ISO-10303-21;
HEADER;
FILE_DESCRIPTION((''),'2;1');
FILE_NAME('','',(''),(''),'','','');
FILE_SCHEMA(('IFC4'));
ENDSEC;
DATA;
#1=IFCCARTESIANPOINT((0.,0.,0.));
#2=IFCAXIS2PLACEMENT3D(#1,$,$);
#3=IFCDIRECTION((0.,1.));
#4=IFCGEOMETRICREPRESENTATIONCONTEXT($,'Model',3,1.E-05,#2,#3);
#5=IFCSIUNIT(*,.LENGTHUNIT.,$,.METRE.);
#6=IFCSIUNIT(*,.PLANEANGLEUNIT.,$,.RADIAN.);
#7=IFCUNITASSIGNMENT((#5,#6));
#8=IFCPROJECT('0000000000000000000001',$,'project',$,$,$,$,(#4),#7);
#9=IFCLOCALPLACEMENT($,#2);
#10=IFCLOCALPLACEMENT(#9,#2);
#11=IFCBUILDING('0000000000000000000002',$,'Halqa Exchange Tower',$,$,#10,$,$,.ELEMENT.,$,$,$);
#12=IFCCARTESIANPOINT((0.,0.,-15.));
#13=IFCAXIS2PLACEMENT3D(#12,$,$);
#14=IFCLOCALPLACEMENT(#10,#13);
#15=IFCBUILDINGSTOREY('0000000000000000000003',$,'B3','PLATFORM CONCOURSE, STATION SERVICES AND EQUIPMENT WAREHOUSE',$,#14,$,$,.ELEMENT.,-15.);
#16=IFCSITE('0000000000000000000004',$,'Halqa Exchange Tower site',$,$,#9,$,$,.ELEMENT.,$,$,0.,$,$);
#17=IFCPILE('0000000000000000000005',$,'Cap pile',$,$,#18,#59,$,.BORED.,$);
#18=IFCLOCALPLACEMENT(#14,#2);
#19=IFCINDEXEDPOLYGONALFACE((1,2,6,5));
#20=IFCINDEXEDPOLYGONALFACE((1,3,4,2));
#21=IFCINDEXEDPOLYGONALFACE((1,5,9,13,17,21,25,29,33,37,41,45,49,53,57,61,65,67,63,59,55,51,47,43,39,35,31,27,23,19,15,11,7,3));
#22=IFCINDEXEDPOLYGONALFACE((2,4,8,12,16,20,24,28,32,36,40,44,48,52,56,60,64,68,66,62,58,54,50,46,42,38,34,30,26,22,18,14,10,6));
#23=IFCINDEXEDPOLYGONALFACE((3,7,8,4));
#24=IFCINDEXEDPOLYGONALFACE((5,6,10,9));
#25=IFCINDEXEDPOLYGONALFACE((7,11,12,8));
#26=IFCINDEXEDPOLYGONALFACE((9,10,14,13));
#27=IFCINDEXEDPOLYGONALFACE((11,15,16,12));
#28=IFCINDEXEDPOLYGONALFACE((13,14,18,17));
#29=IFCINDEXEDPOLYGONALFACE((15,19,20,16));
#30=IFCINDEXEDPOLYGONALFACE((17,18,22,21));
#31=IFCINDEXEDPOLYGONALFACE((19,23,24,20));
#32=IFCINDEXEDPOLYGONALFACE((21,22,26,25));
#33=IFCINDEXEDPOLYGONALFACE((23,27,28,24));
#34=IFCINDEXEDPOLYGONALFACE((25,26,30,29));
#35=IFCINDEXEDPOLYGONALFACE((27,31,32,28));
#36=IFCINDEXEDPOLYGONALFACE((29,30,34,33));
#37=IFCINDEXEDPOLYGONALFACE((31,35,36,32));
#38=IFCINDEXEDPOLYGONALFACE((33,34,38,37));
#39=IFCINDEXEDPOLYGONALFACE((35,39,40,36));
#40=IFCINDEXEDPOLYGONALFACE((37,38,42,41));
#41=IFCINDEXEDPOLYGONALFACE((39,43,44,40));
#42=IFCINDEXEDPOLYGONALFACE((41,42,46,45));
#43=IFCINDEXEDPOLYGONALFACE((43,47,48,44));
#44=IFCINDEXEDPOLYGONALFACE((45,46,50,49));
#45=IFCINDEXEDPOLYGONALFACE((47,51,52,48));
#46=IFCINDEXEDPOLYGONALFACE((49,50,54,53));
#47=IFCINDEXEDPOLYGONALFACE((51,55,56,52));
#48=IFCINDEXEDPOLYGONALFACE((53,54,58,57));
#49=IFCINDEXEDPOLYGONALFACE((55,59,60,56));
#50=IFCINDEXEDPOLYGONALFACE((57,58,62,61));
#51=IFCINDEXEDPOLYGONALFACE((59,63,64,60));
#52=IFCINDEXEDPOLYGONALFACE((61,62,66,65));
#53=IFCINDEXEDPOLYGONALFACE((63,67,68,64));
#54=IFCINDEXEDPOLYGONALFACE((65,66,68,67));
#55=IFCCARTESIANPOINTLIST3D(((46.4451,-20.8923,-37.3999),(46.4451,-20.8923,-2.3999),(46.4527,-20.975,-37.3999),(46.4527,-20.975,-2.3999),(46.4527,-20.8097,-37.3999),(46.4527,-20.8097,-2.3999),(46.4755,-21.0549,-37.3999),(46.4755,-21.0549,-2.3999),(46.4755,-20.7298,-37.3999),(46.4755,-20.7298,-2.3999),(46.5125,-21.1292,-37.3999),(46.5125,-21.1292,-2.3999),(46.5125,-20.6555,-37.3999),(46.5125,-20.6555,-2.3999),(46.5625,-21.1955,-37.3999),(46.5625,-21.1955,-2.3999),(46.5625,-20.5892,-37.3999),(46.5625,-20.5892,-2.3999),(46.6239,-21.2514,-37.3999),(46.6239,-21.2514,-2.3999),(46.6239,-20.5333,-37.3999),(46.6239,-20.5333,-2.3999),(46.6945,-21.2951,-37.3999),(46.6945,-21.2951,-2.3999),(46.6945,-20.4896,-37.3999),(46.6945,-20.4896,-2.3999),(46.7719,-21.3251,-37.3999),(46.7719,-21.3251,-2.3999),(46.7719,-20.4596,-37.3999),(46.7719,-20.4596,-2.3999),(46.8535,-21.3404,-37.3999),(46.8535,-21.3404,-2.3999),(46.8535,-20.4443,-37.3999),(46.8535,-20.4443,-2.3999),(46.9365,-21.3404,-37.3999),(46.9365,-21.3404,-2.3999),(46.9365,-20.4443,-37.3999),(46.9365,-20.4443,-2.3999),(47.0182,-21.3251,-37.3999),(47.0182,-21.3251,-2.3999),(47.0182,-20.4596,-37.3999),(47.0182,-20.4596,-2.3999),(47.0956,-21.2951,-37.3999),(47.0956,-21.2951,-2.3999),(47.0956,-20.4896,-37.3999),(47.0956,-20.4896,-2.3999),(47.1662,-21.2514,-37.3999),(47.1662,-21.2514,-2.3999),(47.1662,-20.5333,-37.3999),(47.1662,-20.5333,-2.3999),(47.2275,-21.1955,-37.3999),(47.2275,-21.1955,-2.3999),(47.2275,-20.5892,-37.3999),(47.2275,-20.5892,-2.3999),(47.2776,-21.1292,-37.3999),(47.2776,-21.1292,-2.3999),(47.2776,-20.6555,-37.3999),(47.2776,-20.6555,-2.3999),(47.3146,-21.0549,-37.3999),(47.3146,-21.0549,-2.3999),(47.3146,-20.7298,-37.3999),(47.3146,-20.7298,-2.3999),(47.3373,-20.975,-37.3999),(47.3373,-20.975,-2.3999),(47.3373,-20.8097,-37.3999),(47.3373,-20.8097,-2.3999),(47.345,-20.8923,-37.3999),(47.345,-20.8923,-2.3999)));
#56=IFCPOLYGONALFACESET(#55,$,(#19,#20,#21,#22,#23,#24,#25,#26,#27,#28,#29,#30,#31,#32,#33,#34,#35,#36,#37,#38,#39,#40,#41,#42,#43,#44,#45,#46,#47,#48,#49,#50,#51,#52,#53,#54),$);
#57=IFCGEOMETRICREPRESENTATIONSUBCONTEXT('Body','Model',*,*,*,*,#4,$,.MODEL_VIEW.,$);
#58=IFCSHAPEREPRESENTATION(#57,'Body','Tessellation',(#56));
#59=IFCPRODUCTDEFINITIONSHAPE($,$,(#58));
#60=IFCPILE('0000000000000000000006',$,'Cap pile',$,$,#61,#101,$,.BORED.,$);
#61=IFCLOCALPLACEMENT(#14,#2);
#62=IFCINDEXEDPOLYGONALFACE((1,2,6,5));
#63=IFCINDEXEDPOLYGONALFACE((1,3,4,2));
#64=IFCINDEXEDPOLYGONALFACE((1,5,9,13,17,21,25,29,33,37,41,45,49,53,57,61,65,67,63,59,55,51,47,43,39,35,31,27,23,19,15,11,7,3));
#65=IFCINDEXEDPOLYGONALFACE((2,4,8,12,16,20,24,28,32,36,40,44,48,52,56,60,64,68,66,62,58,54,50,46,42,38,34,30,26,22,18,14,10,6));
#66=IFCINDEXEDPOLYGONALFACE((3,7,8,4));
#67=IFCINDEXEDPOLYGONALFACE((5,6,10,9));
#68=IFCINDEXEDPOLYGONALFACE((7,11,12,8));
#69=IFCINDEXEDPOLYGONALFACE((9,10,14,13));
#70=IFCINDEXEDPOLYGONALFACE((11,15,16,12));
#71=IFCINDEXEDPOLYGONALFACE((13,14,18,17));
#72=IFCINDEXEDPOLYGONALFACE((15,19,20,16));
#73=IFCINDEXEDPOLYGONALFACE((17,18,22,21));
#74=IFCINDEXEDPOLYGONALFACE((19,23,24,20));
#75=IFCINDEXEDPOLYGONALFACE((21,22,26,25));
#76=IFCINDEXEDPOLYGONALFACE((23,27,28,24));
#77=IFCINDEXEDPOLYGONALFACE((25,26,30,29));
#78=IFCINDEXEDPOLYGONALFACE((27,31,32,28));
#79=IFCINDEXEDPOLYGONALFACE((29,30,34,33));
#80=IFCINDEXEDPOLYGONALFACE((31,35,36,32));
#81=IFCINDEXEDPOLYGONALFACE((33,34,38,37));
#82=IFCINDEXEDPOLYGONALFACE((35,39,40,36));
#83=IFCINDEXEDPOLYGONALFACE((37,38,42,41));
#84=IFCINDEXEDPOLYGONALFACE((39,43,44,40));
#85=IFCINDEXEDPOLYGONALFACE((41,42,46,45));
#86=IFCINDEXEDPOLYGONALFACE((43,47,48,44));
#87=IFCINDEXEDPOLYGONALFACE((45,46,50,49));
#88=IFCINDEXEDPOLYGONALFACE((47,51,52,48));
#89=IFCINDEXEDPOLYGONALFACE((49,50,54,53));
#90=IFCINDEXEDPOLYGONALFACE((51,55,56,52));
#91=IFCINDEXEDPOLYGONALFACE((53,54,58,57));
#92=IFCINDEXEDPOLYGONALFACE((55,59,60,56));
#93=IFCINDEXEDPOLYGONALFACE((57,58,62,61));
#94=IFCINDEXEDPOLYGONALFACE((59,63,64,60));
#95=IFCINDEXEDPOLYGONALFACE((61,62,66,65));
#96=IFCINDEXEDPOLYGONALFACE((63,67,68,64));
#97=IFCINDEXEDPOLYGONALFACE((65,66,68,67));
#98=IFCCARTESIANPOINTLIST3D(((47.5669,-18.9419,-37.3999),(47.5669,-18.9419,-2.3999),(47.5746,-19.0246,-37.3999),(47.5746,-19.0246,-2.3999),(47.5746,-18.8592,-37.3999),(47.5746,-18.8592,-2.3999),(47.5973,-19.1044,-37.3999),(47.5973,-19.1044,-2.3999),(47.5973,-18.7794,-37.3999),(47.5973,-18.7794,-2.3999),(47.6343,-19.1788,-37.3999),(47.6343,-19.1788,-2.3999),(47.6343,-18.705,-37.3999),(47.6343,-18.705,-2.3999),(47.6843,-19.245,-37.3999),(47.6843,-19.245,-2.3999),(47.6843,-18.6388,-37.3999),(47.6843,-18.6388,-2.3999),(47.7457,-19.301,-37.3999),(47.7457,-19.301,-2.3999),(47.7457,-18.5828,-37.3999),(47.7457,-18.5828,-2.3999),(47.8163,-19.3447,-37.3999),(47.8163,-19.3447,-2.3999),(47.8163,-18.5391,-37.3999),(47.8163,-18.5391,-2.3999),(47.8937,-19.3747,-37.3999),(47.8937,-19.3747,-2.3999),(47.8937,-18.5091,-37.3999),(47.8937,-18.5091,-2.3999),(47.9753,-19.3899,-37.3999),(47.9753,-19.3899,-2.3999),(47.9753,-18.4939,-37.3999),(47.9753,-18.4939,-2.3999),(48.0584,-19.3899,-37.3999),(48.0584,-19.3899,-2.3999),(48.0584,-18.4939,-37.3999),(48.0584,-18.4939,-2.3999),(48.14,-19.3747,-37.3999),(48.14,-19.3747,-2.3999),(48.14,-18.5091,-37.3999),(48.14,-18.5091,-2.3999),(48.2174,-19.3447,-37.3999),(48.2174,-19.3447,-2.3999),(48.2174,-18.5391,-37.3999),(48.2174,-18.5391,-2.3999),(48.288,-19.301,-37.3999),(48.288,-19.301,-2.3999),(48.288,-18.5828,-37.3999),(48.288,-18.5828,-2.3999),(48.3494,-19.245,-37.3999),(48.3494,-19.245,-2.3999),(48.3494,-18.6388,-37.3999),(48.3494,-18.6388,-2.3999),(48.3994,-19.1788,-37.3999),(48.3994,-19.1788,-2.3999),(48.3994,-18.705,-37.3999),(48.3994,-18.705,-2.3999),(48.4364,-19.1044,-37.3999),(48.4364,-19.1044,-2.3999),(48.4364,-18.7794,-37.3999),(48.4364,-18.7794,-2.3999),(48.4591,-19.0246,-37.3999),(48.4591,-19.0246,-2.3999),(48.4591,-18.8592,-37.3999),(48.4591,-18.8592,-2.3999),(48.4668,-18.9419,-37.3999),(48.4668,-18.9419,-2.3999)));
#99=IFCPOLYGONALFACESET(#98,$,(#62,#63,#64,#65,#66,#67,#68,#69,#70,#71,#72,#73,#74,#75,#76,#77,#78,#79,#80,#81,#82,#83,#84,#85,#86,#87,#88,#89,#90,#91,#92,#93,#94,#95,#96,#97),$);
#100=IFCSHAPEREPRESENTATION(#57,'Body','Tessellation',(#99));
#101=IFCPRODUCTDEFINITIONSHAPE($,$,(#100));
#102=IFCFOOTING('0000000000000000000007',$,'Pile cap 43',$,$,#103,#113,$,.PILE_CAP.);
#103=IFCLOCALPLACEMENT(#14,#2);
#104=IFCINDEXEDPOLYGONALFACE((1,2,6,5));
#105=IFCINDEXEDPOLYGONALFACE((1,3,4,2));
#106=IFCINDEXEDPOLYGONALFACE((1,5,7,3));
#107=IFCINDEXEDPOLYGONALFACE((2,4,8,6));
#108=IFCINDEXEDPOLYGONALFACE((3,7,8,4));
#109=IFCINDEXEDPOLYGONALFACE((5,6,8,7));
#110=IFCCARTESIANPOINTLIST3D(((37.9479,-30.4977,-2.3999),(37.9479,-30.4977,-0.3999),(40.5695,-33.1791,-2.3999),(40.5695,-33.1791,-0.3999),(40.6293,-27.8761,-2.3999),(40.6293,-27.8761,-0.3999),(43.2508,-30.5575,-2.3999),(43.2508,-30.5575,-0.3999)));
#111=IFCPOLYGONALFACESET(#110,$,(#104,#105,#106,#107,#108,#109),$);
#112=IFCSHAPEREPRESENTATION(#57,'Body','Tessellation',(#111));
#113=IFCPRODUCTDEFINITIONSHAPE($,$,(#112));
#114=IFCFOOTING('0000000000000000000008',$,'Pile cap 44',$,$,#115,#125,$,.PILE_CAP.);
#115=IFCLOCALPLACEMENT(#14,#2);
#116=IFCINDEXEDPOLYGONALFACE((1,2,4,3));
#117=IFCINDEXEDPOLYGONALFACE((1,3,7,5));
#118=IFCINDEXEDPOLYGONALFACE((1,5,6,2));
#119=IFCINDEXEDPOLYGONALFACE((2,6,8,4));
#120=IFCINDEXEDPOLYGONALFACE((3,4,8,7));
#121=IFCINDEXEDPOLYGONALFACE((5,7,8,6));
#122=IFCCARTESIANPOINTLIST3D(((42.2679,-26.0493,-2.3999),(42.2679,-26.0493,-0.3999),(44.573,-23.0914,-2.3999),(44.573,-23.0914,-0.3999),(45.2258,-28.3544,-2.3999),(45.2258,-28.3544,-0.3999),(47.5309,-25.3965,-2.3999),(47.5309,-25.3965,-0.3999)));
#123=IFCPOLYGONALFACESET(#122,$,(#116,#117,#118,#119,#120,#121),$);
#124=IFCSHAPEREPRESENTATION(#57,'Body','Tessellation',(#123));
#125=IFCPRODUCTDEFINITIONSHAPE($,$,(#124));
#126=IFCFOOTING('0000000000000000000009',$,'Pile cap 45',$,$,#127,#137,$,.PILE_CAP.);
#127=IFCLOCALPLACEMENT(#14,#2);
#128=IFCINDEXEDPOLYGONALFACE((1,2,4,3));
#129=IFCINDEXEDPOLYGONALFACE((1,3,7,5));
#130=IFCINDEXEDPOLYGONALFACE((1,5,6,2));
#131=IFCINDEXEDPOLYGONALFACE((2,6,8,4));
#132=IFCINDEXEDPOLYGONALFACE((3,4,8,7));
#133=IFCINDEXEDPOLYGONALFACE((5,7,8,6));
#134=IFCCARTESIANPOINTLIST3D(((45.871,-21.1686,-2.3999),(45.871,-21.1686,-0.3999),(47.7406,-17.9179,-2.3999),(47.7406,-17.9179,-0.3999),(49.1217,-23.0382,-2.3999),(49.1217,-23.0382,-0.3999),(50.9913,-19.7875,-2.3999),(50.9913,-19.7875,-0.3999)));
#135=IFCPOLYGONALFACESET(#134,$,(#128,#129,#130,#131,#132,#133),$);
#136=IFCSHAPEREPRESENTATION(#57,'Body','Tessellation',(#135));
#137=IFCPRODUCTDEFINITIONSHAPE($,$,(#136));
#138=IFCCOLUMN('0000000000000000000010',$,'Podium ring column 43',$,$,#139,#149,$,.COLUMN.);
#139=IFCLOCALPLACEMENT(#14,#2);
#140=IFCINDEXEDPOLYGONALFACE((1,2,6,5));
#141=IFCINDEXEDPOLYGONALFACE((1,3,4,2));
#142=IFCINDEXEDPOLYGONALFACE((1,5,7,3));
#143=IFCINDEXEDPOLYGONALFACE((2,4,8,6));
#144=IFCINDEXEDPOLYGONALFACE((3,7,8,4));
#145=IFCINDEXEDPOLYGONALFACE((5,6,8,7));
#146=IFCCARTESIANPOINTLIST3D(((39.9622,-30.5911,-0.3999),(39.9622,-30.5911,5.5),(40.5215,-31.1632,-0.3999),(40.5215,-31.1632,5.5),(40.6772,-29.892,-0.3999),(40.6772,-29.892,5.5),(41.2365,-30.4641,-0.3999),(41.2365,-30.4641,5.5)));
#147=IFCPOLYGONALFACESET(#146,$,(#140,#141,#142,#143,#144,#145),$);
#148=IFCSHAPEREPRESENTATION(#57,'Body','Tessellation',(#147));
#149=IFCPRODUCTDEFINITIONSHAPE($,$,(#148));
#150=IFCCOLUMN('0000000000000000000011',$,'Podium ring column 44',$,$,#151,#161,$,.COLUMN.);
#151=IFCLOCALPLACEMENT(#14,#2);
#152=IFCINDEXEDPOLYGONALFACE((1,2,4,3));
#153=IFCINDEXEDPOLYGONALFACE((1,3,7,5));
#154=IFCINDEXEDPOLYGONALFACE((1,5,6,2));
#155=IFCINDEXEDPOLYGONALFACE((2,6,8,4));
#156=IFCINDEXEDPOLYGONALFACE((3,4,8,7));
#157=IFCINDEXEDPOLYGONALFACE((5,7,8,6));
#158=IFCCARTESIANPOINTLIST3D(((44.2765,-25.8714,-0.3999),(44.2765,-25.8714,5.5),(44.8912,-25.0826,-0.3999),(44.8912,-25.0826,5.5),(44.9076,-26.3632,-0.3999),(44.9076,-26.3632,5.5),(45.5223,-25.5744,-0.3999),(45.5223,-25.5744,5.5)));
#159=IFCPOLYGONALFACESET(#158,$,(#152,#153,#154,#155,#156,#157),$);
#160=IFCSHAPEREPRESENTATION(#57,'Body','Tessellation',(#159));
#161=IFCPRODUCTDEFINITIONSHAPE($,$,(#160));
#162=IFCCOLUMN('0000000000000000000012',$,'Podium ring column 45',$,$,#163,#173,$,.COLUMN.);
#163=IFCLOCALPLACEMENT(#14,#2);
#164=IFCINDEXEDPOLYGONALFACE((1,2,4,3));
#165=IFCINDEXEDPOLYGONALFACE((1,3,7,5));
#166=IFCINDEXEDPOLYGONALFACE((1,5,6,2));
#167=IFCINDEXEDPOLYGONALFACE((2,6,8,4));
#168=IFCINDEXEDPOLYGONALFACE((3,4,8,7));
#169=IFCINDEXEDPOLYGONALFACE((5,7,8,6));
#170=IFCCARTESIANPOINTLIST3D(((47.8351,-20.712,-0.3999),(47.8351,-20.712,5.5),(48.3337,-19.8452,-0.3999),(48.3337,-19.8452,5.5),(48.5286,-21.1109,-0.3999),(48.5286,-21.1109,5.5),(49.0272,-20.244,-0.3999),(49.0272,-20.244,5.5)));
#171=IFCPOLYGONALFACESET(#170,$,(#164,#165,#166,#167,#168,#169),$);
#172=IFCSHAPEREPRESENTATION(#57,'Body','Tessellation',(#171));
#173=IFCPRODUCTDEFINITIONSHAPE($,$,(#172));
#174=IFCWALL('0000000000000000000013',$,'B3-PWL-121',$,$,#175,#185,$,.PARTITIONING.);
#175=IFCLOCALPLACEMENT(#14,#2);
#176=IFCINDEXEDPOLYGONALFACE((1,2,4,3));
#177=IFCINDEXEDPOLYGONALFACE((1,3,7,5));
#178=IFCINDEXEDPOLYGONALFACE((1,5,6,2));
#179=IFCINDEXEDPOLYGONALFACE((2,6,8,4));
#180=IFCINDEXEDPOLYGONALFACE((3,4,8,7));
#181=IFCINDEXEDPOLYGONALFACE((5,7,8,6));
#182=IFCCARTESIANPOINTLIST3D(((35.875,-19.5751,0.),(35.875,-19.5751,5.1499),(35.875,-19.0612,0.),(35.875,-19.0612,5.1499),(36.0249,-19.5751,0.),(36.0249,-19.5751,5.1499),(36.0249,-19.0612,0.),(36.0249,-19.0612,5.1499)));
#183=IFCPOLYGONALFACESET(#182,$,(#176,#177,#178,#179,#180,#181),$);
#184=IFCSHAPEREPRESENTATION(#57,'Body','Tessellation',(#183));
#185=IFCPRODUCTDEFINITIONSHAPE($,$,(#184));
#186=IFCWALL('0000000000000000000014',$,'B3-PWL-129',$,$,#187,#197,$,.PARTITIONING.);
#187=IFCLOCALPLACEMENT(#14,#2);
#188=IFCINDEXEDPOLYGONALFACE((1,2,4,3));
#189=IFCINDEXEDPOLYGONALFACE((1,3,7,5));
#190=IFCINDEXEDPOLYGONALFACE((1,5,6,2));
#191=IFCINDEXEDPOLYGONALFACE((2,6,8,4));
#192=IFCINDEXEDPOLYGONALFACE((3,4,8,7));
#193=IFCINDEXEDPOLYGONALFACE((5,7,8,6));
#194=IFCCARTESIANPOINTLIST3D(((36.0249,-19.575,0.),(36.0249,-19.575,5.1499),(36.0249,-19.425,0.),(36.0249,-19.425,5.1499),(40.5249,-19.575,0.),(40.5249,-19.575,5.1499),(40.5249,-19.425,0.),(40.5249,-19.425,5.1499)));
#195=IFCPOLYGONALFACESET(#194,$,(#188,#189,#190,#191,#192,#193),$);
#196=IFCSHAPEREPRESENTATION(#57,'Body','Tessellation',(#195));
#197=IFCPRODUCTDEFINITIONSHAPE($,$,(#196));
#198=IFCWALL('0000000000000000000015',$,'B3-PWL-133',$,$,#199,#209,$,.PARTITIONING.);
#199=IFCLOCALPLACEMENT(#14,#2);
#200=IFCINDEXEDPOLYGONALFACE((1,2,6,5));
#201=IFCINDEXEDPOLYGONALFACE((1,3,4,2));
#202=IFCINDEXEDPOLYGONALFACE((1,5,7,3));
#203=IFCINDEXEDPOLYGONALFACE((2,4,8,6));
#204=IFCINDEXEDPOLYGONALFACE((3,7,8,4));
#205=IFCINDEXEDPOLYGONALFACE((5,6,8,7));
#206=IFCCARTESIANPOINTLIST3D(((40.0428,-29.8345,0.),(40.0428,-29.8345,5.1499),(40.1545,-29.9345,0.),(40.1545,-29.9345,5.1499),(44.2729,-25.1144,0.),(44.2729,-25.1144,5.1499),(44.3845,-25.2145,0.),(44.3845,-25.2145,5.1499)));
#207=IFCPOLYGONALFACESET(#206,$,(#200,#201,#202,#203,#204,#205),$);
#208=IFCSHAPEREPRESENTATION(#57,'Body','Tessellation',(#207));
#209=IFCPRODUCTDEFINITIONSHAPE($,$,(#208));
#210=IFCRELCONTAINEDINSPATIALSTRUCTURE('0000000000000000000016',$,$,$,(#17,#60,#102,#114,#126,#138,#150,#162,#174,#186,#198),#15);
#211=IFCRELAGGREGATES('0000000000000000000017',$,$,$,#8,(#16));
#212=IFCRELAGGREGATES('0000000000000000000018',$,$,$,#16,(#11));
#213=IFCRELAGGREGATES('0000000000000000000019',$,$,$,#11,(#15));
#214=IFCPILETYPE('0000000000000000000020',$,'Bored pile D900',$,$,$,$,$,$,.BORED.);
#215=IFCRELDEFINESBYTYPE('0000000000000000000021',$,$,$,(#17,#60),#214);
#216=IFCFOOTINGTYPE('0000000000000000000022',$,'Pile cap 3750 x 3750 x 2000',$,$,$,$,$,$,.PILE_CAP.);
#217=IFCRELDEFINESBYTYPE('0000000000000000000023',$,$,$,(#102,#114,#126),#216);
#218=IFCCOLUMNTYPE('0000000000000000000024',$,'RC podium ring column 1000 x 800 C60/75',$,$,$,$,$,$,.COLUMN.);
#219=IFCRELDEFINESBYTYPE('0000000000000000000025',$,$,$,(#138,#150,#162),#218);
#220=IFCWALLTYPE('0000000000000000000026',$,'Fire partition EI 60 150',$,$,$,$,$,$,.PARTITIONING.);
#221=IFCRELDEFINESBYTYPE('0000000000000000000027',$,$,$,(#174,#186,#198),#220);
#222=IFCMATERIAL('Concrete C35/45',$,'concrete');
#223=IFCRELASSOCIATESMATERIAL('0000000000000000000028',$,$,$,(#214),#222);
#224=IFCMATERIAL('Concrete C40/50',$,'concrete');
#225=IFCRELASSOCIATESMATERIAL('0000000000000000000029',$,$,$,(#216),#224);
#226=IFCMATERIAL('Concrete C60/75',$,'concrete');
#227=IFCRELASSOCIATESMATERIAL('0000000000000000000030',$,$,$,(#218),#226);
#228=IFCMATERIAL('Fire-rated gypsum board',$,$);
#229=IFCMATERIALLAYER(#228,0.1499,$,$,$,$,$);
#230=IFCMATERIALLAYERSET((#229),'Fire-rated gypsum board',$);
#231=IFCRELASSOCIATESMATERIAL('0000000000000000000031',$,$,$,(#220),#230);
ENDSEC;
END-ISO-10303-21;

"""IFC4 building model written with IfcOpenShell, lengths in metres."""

from ifc_helpers import new_model, si_unit, direction, frame, frame_2d, origin, origin_2d, place, context, subcontext, project, spatial, rectangle, circle, extrude, material, layer, layer_set, material_profile, profile_set, type_object, element, save


model = new_model("IFC4")

# Units and contexts
model_context = context("Model", 3, precision=1e-05, world=origin(), true_north=direction((0.0, 1.0)))
body_context = subcontext(model_context, "Body", "Model", "MODEL_VIEW")
ifc_project = project(units=[si_unit("LENGTHUNIT", "METRE"), si_unit("PLANEANGLEUNIT", "RADIAN")], contexts=[model_context])

# Site, building, storey
site_placement = place(None, origin())
site = spatial("IfcSite", under=ifc_project, at=site_placement, Name="Halqa Exchange Tower site", CompositionType="ELEMENT", RefElevation=0.0)
building_placement = place(site_placement, origin())
building = spatial("IfcBuilding", under=site, at=building_placement, Name="Halqa Exchange Tower", CompositionType="ELEMENT")
storey_placement = place(building_placement, frame((0.0, 0.0, -15.0)))
storey = spatial("IfcBuildingStorey", under=building, at=storey_placement, Name="B3", Description="PLATFORM CONCOURSE, STATION SERVICES AND EQUIPMENT WAREHOUSE", CompositionType="ELEMENT", Elevation=-15.0)

# Piles
ifc_material_1 = material(Name="Concrete C35/45", Category="concrete")
ifc_material_profile_1 = material_profile(ifc_material_1, circle(Radius=0.45, at=origin_2d()), Name="D900")
ifc_profile_set_1 = profile_set([ifc_material_profile_1], Name="Concrete C35/45")
pile_type = type_object("IfcPileType", Name="Bored pile D900", PredefinedType="BORED", material=ifc_profile_set_1)
for number, where, z_axis, x_axis, name in (
    (1, (46.895, -20.8923, -2.3999), (0.0, 0.0, -1.0), (1.0, 0.0, 0.0), "Cap pile"),
    (2, (48.0168, -18.9419, -2.3999), (0.0, 0.0, -1.0), (1.0, 0.0, 0.0), "Cap pile"),
):
    element("IfcPile", number, at=place(storey_placement, frame(where, z_axis=z_axis, x_axis=x_axis)), inside=storey, type_object=pile_type, Name=name, PredefinedType="BORED", context=body_context, shape_type="SweptSolid", body=[
        extrude(circle(Radius=0.45, at=origin_2d()), origin(), (0.0, 0.0, 1.0), 35.0),
    ])

# Footings
ifc_material_2 = material(Name="Concrete C40/50", Category="concrete")
footing_type = type_object("IfcFootingType", Name="Pile cap 3750 x 3750 x 2000", PredefinedType="PILE_CAP", material=ifc_material_2)
for number, where, z_axis, x_axis, name in (
    (3, (40.5994, -30.5276, -2.3999), (0.0, 0.0, 1.0), (0.715039, 0.699085, 0.0), "Pile cap 43"),
    (4, (44.8994, -25.7229, -2.3999), (0.0, 0.0, 1.0), (0.614691, 0.788768, 0.0), "Pile cap 44"),
    (5, (48.4312, -20.478, -2.3999), (0.0, 0.0, 1.0), (0.498569, 0.86685, 0.0), "Pile cap 45"),
):
    element("IfcFooting", number, at=place(storey_placement, frame(where, z_axis=z_axis, x_axis=x_axis)), inside=storey, type_object=footing_type, Name=name, PredefinedType="PILE_CAP", context=body_context, shape_type="SweptSolid", body=[
        extrude(rectangle(XDim=3.75, YDim=3.75, at=origin_2d()), origin(), (0.0, 0.0, 1.0), 2.0),
    ])

# Columns
ifc_material_3 = material(Name="Concrete C60/75", Category="concrete")
ifc_material_profile_2 = material_profile(ifc_material_3, rectangle(XDim=1.0, YDim=0.8, at=origin_2d()), Name="1000 x 800")
ifc_profile_set_2 = profile_set([ifc_material_profile_2], Name="Concrete C60/75")
column_type = type_object("IfcColumnType", Name="RC podium ring column 1000 x 800 C60/75", PredefinedType="COLUMN", material=ifc_profile_set_2)
for number, where, z_axis, x_axis, name in (
    (6, (40.5994, -30.5276, -0.3999), (0.0, 0.0, 1.0), (0.715039, 0.699085, 0.0), "Podium ring column 43"),
    (7, (44.8994, -25.7229, -0.3999), (0.0, 0.0, 1.0), (0.614691, 0.788768, 0.0), "Podium ring column 44"),
    (8, (48.4312, -20.478, -0.3999), (0.0, 0.0, 1.0), (0.498569, 0.86685, 0.0), "Podium ring column 45"),
):
    element("IfcColumn", number, at=place(storey_placement, frame(where, z_axis=z_axis, x_axis=x_axis)), inside=storey, type_object=column_type, Name=name, PredefinedType="COLUMN", context=body_context, shape_type="SweptSolid", body=[
        extrude(rectangle(XDim=1.0, YDim=0.8, at=origin_2d()), origin(), (0.0, 0.0, 1.0), 5.8999),
    ])

# Walls
ifc_material_4 = material(Name="Fire-rated gypsum board")
ifc_layer_1 = layer(ifc_material_4, 0.1499)
ifc_layer_set_1 = layer_set([ifc_layer_1], Name="Fire-rated gypsum board")
wall_type_1 = type_object("IfcWallType", Name="Fire partition EI 60 150", PredefinedType="PARTITIONING", material=ifc_layer_set_1)
wall_1_placement = place(storey_placement, frame((35.95, -19.575, 0.0), z_axis=(0.0, 0.0, 1.0), x_axis=(0.0, 1.0, 0.0)))
element("IfcWall", 9, at=wall_1_placement, inside=storey, type_object=wall_type_1, Name="B3-PWL-121", PredefinedType="PARTITIONING", context=body_context, shape_type="SweptSolid", body=[
    extrude(rectangle(XDim=0.5139, YDim=0.1499, at=frame_2d((0.2568, 0.0))), origin(), (0.0, 0.0, 1.0), 5.1499),
])
wall_2_placement = place(storey_placement, frame((40.5249, -19.5, 0.0), z_axis=(0.0, 0.0, 1.0), x_axis=(-1.0, 0.0, 0.0)))
element("IfcWall", 10, at=wall_2_placement, inside=storey, type_object=wall_type_1, Name="B3-PWL-129", PredefinedType="PARTITIONING", context=body_context, shape_type="SweptSolid", body=[
    extrude(rectangle(XDim=4.5, YDim=0.1499, at=frame_2d((2.25, 0.0))), origin(), (0.0, 0.0, 1.0), 5.1499),
])
wall_3_placement = place(storey_placement, frame((44.3286, -25.1646, 0.0), z_axis=(0.0, 0.0, 1.0), x_axis=(-0.667395, -0.744704, 0.0)))
element("IfcWall", 11, at=wall_3_placement, inside=storey, type_object=wall_type_1, Name="B3-PWL-133", PredefinedType="PARTITIONING", context=body_context, shape_type="SweptSolid", body=[
    extrude(rectangle(XDim=6.3381, YDim=0.1499, at=frame_2d((3.1689, 0.0))), origin(), (0.0, 0.0, 1.0), 5.1499),
])

save(model, "model.ifc")
